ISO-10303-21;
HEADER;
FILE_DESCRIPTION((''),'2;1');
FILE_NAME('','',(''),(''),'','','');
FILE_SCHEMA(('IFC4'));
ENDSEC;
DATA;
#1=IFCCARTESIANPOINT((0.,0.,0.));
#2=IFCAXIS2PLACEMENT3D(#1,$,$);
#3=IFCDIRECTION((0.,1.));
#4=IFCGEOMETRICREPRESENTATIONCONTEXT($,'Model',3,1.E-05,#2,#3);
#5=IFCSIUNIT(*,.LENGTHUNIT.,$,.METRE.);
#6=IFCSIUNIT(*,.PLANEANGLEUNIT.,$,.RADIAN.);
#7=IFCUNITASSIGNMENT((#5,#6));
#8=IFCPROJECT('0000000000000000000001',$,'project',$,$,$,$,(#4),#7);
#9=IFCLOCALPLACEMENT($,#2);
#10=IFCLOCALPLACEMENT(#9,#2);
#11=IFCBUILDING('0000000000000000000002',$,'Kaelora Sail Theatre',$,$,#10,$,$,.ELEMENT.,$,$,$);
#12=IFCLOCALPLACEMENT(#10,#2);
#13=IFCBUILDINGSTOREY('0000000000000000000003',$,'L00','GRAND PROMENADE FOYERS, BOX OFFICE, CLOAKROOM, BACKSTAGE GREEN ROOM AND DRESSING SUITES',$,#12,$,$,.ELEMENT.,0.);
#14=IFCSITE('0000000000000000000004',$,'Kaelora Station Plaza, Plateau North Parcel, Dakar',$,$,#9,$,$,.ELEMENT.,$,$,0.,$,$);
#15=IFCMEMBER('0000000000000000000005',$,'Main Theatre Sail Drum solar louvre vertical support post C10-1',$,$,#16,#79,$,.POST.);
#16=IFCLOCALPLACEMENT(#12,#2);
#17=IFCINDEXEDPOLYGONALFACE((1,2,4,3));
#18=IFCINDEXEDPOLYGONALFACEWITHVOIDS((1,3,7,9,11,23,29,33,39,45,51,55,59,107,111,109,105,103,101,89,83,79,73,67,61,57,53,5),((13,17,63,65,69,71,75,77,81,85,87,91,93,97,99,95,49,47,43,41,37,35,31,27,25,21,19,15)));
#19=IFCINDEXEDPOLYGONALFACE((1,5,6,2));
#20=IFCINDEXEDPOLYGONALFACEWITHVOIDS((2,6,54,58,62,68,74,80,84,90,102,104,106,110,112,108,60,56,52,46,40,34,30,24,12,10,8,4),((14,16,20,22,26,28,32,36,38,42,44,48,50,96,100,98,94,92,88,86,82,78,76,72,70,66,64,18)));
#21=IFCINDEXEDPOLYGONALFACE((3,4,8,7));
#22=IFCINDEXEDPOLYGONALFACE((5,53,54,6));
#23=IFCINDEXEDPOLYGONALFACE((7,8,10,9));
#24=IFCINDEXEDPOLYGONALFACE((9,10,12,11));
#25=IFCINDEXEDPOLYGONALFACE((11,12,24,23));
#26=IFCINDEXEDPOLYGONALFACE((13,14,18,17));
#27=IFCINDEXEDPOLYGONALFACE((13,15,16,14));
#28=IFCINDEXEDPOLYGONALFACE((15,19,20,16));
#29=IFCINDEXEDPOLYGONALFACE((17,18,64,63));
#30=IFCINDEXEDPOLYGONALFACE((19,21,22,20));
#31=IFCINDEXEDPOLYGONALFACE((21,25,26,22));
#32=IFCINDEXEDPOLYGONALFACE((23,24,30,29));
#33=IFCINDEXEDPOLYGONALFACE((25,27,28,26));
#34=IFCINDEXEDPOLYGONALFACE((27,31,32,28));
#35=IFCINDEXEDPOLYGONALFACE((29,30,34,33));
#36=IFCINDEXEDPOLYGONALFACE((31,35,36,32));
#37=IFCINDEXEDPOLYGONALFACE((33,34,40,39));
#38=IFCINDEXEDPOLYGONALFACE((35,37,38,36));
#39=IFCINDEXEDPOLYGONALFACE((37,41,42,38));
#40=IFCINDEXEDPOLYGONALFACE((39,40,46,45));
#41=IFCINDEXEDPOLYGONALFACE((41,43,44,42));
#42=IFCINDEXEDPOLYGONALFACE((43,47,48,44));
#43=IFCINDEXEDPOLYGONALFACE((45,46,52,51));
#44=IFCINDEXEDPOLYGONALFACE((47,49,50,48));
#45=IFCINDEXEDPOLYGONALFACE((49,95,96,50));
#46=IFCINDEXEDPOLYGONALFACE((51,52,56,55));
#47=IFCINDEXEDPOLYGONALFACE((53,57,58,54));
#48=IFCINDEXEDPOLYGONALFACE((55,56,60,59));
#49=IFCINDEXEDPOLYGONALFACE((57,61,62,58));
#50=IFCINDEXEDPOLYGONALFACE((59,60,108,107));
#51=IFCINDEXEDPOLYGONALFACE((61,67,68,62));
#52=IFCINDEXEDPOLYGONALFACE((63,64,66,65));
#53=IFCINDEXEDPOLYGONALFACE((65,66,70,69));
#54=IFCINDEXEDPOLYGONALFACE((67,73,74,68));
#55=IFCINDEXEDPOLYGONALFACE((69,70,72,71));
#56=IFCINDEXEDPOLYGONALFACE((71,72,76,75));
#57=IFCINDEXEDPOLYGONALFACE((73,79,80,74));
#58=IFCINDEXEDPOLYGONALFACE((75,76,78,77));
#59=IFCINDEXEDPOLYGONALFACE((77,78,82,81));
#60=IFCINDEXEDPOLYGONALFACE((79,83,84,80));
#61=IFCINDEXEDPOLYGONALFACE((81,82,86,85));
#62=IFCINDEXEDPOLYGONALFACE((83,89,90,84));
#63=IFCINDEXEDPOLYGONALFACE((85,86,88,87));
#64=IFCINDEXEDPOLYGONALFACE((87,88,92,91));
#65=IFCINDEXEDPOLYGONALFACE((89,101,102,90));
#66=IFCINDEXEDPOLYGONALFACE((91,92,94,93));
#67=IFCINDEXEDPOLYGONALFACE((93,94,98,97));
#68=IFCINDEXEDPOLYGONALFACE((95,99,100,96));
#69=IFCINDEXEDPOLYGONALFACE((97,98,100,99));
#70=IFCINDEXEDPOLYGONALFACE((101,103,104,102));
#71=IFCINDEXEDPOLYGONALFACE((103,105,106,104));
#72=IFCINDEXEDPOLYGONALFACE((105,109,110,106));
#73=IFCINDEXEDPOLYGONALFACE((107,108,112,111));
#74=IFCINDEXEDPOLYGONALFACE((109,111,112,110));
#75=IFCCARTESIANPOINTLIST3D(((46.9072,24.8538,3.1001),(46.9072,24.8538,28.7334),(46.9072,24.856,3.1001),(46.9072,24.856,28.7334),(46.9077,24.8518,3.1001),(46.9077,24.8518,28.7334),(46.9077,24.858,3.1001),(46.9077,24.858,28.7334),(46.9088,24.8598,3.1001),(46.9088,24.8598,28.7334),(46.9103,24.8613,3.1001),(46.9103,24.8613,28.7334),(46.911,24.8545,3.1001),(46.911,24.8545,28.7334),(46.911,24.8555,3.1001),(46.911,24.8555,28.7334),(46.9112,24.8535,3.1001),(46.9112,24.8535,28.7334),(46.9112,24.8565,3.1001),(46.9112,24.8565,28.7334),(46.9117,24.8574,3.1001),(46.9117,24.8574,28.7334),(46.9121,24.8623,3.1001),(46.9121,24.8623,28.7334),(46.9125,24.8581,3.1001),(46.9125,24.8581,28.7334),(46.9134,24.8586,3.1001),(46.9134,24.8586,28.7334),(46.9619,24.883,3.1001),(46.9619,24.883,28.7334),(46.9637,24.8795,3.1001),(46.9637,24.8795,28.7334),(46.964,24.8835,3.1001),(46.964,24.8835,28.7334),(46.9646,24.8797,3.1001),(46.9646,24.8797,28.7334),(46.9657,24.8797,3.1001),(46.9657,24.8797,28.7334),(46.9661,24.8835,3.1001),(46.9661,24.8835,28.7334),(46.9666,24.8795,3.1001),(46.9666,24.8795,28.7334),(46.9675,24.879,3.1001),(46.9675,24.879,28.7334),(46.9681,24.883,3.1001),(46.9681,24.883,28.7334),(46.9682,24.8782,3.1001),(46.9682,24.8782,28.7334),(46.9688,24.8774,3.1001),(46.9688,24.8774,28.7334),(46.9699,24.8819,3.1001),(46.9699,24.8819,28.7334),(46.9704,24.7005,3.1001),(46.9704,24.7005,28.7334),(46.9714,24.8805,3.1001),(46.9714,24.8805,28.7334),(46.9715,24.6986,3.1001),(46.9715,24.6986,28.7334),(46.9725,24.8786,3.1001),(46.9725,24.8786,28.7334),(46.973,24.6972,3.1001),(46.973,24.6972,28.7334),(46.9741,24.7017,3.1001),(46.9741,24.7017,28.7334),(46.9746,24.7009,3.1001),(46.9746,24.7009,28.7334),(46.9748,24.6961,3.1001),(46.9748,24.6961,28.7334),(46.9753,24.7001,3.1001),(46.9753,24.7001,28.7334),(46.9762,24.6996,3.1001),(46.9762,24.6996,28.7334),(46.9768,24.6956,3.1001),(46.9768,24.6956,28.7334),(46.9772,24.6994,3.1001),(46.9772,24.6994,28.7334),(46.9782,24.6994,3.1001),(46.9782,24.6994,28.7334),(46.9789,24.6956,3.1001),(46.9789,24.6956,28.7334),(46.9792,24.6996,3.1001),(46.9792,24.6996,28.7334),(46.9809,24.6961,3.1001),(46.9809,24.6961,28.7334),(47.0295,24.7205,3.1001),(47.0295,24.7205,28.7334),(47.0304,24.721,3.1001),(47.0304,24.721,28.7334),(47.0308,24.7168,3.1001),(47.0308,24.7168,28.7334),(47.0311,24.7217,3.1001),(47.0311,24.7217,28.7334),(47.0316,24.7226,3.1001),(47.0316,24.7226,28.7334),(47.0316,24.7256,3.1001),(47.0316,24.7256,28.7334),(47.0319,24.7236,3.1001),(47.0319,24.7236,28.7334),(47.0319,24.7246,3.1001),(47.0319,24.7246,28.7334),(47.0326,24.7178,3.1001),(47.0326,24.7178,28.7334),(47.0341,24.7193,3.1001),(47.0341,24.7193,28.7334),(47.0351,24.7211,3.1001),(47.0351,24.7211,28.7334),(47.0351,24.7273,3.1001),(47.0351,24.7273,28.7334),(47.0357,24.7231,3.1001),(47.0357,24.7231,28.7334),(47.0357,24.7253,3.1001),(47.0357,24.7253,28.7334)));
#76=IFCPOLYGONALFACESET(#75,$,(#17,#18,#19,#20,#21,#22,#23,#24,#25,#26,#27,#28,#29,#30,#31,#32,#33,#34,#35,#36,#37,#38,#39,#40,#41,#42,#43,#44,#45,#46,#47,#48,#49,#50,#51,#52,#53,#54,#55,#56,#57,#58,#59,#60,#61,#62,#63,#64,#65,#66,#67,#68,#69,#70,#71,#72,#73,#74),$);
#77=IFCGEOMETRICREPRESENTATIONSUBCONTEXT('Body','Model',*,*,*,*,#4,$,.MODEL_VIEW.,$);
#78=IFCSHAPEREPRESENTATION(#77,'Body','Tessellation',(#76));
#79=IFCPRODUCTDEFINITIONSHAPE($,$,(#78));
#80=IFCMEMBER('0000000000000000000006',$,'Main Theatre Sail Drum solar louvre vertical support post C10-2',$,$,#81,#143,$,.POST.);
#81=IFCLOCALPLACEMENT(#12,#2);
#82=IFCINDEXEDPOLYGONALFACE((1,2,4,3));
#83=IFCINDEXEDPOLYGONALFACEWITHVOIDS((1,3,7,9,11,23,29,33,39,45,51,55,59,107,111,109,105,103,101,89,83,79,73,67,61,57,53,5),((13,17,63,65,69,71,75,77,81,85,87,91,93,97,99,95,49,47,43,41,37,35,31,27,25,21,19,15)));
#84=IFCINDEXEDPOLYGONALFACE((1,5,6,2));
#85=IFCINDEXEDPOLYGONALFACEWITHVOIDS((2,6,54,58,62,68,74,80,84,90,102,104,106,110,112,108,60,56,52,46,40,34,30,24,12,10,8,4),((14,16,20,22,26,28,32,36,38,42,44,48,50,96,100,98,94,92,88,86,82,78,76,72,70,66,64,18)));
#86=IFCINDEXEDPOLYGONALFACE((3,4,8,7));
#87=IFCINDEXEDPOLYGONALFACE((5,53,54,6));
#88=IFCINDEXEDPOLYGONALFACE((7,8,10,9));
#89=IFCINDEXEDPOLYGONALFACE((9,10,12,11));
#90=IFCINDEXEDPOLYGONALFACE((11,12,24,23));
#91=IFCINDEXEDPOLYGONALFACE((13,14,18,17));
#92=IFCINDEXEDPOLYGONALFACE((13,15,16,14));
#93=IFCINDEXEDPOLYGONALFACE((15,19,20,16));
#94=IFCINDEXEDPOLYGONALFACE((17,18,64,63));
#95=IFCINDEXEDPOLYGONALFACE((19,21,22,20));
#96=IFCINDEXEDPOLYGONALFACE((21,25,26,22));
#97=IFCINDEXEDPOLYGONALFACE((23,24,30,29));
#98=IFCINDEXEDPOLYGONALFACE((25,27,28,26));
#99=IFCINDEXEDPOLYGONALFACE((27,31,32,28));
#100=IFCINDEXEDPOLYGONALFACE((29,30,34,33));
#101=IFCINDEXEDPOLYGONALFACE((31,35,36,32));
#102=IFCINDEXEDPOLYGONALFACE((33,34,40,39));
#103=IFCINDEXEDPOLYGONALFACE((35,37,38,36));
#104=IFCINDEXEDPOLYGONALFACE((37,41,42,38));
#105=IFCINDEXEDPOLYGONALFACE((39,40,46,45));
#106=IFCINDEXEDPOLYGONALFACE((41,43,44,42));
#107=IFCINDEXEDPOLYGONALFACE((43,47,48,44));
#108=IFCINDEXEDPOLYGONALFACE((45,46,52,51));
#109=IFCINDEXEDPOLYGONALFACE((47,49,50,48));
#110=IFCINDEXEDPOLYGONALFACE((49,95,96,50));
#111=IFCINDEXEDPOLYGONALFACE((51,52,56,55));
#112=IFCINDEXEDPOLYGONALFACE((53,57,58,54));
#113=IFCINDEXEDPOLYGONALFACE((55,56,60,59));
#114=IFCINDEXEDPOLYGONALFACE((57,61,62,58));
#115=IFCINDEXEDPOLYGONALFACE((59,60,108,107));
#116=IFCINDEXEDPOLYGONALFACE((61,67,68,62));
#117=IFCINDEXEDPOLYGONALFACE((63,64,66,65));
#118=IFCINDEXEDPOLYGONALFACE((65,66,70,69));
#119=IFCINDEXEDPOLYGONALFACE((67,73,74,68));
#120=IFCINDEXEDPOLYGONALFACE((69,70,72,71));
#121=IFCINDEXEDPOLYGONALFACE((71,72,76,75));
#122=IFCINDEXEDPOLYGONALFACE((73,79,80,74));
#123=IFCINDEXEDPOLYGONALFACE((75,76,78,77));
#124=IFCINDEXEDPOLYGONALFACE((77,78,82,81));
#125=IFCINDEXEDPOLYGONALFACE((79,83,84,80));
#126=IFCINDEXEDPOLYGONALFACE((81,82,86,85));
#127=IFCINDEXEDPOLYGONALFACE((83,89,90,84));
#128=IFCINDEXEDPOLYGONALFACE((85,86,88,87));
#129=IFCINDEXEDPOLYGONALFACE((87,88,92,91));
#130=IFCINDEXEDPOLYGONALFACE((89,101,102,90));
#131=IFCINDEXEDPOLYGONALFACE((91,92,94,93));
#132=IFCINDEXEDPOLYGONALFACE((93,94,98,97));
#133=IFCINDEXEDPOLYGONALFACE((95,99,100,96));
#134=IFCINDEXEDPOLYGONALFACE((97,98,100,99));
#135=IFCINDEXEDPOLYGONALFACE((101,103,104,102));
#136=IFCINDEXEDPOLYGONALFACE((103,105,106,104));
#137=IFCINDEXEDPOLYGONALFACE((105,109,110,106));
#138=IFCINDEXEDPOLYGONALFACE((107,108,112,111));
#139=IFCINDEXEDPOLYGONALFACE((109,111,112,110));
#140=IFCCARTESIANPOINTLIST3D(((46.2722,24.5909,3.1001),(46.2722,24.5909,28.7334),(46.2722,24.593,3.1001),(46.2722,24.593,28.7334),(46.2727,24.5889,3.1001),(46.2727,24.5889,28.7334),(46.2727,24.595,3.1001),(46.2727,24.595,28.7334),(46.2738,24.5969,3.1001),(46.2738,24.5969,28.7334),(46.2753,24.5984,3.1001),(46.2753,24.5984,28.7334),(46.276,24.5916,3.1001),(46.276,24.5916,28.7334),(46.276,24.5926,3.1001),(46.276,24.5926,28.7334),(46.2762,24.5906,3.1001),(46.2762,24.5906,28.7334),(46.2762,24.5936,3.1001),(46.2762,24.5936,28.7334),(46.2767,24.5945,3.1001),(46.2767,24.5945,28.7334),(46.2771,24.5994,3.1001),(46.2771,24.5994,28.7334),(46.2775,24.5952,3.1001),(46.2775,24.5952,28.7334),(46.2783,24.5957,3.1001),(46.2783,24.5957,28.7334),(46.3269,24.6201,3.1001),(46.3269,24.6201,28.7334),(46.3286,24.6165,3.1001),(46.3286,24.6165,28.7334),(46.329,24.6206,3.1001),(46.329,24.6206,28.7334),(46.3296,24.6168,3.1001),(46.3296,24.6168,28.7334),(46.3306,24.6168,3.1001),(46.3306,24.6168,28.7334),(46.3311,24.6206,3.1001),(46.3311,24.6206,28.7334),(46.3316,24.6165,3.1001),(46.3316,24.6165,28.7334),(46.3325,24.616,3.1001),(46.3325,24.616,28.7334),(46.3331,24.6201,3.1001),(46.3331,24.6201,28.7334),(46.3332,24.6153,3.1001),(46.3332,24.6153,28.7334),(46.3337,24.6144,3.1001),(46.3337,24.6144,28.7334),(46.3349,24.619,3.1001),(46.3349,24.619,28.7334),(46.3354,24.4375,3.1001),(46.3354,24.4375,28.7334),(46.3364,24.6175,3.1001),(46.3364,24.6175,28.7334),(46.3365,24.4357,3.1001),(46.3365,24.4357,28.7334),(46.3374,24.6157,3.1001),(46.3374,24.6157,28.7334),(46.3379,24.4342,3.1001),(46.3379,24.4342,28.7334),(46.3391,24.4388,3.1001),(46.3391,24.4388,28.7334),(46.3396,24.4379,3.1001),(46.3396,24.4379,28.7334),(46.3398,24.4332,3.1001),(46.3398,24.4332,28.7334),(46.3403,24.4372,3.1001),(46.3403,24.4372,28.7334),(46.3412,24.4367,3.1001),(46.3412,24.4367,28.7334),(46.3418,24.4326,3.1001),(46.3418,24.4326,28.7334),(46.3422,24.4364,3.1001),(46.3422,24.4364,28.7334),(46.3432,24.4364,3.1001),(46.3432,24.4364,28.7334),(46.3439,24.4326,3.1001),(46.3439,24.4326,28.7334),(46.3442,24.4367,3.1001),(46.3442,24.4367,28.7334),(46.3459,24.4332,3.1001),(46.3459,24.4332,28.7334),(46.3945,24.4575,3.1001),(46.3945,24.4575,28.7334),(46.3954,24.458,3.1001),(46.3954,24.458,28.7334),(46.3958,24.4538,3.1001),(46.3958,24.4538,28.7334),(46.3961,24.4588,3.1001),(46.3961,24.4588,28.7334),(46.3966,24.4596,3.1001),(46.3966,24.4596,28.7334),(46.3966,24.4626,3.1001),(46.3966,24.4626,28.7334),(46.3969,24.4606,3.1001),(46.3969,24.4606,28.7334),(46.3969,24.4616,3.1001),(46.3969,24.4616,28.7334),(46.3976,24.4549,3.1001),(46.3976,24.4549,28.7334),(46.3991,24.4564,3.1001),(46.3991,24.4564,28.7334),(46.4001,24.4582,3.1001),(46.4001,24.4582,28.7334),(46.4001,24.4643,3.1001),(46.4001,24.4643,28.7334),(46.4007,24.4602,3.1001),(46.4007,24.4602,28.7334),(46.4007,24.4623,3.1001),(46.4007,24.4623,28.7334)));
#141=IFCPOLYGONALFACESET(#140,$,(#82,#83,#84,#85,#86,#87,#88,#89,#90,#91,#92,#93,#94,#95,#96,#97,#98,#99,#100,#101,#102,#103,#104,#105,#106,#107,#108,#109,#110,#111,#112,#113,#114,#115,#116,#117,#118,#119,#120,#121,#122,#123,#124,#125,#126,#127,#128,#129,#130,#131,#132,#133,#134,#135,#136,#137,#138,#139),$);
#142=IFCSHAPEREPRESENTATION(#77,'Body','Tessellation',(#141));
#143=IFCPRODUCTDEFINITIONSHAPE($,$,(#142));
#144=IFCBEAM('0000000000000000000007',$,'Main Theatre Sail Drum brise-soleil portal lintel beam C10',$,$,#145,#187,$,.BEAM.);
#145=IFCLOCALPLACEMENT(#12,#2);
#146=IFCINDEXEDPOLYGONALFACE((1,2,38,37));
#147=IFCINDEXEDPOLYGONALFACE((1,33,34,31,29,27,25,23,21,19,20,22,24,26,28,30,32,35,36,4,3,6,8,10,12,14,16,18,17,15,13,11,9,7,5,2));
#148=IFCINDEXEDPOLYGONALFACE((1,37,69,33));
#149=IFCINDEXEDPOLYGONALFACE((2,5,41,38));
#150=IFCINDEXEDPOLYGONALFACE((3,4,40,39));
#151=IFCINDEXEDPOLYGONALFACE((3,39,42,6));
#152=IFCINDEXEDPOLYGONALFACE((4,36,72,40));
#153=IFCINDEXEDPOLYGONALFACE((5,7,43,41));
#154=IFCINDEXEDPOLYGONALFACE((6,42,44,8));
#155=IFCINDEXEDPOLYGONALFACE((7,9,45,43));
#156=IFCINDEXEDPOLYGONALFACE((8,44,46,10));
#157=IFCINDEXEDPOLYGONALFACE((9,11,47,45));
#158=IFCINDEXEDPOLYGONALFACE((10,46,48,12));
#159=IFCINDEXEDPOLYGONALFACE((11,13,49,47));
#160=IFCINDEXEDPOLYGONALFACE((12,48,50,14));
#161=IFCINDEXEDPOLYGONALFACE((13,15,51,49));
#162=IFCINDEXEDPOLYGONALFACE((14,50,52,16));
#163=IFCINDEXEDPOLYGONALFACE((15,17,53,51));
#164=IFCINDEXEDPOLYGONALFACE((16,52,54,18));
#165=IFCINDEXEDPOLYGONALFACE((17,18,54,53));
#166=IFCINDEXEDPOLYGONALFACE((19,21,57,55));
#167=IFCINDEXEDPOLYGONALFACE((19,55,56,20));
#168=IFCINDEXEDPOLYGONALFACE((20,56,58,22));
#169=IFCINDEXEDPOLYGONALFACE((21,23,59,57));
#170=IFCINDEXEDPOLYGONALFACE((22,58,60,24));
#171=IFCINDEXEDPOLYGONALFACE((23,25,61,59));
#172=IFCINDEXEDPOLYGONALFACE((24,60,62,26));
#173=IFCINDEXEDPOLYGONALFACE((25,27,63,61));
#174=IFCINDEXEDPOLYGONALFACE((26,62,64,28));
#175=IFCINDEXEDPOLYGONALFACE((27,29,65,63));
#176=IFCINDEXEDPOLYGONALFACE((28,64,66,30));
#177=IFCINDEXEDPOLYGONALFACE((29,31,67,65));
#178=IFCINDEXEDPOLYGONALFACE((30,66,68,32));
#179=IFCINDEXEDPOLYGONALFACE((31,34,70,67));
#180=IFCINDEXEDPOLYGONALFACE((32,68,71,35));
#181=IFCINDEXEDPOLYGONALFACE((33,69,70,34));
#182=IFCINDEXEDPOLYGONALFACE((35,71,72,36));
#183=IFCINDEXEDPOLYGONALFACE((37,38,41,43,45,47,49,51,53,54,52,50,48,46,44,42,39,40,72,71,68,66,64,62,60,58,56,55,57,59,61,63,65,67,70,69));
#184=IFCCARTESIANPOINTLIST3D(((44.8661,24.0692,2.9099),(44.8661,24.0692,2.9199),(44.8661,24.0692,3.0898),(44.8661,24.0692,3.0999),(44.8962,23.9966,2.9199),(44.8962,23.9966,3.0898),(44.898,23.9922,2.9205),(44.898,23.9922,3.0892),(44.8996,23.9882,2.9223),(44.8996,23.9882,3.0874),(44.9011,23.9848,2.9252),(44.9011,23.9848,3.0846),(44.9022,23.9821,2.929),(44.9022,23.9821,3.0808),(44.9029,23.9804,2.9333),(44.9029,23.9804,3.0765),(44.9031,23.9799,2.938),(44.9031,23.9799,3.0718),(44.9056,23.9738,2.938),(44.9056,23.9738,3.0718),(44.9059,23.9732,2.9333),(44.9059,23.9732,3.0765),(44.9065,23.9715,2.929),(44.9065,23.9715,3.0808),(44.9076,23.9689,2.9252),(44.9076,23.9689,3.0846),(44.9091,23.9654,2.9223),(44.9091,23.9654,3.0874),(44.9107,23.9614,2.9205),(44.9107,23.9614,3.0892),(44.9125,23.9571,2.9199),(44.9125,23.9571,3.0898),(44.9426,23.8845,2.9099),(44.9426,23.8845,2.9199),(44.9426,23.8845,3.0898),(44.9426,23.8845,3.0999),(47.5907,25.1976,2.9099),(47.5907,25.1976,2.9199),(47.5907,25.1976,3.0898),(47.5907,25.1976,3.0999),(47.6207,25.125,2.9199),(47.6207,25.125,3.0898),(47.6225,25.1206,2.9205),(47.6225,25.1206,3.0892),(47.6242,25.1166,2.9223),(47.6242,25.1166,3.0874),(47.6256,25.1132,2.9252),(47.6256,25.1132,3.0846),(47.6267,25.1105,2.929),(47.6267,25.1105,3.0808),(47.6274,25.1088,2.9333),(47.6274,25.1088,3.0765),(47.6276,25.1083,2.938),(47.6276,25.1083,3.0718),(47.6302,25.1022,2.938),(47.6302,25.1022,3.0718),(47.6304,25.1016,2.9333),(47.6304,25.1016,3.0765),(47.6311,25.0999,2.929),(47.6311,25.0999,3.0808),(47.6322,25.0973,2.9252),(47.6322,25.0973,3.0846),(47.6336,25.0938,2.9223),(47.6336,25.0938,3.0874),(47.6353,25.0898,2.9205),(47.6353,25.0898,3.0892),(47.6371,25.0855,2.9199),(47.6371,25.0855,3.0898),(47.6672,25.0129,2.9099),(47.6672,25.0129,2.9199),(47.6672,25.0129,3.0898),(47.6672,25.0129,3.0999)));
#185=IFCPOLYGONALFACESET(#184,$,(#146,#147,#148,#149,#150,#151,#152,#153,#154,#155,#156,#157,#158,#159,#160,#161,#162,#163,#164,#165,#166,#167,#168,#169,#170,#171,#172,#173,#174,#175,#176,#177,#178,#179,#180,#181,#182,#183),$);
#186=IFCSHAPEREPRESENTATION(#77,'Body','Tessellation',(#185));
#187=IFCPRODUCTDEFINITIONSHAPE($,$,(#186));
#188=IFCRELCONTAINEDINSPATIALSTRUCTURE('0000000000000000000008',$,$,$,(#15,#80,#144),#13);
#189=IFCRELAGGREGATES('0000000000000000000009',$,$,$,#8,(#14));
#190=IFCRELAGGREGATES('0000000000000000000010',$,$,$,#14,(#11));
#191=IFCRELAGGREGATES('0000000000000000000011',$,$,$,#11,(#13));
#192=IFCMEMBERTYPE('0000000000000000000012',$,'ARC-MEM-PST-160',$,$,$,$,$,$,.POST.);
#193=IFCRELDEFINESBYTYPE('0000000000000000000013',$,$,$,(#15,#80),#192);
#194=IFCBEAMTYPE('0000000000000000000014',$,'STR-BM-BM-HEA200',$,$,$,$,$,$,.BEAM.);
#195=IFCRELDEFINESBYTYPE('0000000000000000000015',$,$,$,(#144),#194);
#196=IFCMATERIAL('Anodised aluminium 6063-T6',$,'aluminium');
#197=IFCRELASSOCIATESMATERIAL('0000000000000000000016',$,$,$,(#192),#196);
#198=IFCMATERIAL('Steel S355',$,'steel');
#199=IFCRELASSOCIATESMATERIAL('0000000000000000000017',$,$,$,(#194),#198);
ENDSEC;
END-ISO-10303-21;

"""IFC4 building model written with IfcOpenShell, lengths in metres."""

from ifc_helpers import new_model, si_unit, direction, frame, origin, origin_2d, place, context, subcontext, project, spatial, hollow_rectangle, i_section, extrude, material, material_profile, profile_set, type_object, element, save


model = new_model("IFC4")

# Units and contexts
model_context = context("Model", 3, precision=1e-05, world=origin(), true_north=direction((0.0, 1.0)))
body_context = subcontext(model_context, "Body", "Model", "MODEL_VIEW")
ifc_project = project(units=[si_unit("LENGTHUNIT", "METRE"), si_unit("PLANEANGLEUNIT", "RADIAN")], contexts=[model_context])

# Site, building, storey
site_placement = place(None, origin())
site = spatial("IfcSite", under=ifc_project, at=site_placement, Name="Kaelora Station Plaza, Plateau North Parcel, Dakar", CompositionType="ELEMENT", RefElevation=0.0)
building_placement = place(site_placement, origin())
building = spatial("IfcBuilding", under=site, at=building_placement, Name="Kaelora Sail Theatre", CompositionType="ELEMENT")
storey_placement = place(building_placement, origin())
storey = spatial("IfcBuildingStorey", under=building, at=storey_placement, Name="L00", Description="GRAND PROMENADE FOYERS, BOX OFFICE, CLOAKROOM, BACKSTAGE GREEN ROOM AND DRESSING SUITES", CompositionType="ELEMENT", Elevation=0.0)

# Members
ifc_material_1 = material(Name="Anodised aluminium 6063-T6", Category="aluminium")
ifc_material_profile_1 = material_profile(ifc_material_1, hollow_rectangle(XDim=0.0701, YDim=0.1799, WallThickness=0.0039, InnerFilletRadius=0.0039, OuterFilletRadius=0.0081, at=origin_2d()), Name="ALU-MULL 70x180x4")
ifc_profile_set_1 = profile_set([ifc_material_profile_1], Name="Anodised aluminium 6063-T6")
member_type_1 = type_object("IfcMemberType", Name="ARC-MEM-PST-160", PredefinedType="POST", material=ifc_profile_set_1)
for number, where, z_axis, x_axis, name in (
    (1, (46.9714, 24.7896, 3.1001), (0.0, 0.0, 1.0), (-0.92388, -0.382683, 0.0), "Main Theatre Sail Drum solar louvre vertical support post C10-1"),
    (2, (46.3364, 24.5266, 3.1001), (0.0, 0.0, 1.0), (-0.92388, -0.382683, 0.0), "Main Theatre Sail Drum solar louvre vertical support post C10-2"),
):
    element("IfcMember", number, at=place(storey_placement, frame(where, z_axis=z_axis, x_axis=x_axis)), inside=storey, type_object=member_type_1, Name=name, PredefinedType="POST", context=body_context, shape_type="SweptSolid", body=[
        extrude(hollow_rectangle(XDim=0.0701, YDim=0.1799, WallThickness=0.0039, InnerFilletRadius=0.0039, OuterFilletRadius=0.0081, at=origin_2d()), origin(), (0.0, 0.0, 1.0), 25.6333),
    ])

# Beam
ifc_material_2 = material(Name="Steel S355", Category="steel")
ifc_material_profile_2 = material_profile(ifc_material_2, i_section(OverallWidth=0.2, OverallDepth=0.1899, WebThickness=0.0066, FlangeThickness=0.01, FilletRadius=0.0181, at=origin_2d()), Name="HEA 200")
ifc_profile_set_2 = profile_set([ifc_material_profile_2], Name="Steel S355")
beam_type_1 = type_object("IfcBeamType", Name="STR-BM-BM-HEA200", PredefinedType="BEAM", material=ifc_profile_set_2)
beam_1_placement = place(storey_placement, frame((47.6289, 25.1052, 3.0049), z_axis=(-0.923898, -0.382639, 0.0), x_axis=(0.382639, -0.923898, 0.0)))
element("IfcBeam", 3, at=beam_1_placement, inside=storey, type_object=beam_type_1, Name="Main Theatre Sail Drum brise-soleil portal lintel beam C10", PredefinedType="BEAM", context=body_context, shape_type="SweptSolid", body=[
    extrude(i_section(OverallWidth=0.2, OverallDepth=0.1899, WebThickness=0.0066, FlangeThickness=0.01, FilletRadius=0.0181, at=origin_2d()), origin(), (0.0, 0.0, 1.0), 2.949),
])

save(model, "model.ifc")
